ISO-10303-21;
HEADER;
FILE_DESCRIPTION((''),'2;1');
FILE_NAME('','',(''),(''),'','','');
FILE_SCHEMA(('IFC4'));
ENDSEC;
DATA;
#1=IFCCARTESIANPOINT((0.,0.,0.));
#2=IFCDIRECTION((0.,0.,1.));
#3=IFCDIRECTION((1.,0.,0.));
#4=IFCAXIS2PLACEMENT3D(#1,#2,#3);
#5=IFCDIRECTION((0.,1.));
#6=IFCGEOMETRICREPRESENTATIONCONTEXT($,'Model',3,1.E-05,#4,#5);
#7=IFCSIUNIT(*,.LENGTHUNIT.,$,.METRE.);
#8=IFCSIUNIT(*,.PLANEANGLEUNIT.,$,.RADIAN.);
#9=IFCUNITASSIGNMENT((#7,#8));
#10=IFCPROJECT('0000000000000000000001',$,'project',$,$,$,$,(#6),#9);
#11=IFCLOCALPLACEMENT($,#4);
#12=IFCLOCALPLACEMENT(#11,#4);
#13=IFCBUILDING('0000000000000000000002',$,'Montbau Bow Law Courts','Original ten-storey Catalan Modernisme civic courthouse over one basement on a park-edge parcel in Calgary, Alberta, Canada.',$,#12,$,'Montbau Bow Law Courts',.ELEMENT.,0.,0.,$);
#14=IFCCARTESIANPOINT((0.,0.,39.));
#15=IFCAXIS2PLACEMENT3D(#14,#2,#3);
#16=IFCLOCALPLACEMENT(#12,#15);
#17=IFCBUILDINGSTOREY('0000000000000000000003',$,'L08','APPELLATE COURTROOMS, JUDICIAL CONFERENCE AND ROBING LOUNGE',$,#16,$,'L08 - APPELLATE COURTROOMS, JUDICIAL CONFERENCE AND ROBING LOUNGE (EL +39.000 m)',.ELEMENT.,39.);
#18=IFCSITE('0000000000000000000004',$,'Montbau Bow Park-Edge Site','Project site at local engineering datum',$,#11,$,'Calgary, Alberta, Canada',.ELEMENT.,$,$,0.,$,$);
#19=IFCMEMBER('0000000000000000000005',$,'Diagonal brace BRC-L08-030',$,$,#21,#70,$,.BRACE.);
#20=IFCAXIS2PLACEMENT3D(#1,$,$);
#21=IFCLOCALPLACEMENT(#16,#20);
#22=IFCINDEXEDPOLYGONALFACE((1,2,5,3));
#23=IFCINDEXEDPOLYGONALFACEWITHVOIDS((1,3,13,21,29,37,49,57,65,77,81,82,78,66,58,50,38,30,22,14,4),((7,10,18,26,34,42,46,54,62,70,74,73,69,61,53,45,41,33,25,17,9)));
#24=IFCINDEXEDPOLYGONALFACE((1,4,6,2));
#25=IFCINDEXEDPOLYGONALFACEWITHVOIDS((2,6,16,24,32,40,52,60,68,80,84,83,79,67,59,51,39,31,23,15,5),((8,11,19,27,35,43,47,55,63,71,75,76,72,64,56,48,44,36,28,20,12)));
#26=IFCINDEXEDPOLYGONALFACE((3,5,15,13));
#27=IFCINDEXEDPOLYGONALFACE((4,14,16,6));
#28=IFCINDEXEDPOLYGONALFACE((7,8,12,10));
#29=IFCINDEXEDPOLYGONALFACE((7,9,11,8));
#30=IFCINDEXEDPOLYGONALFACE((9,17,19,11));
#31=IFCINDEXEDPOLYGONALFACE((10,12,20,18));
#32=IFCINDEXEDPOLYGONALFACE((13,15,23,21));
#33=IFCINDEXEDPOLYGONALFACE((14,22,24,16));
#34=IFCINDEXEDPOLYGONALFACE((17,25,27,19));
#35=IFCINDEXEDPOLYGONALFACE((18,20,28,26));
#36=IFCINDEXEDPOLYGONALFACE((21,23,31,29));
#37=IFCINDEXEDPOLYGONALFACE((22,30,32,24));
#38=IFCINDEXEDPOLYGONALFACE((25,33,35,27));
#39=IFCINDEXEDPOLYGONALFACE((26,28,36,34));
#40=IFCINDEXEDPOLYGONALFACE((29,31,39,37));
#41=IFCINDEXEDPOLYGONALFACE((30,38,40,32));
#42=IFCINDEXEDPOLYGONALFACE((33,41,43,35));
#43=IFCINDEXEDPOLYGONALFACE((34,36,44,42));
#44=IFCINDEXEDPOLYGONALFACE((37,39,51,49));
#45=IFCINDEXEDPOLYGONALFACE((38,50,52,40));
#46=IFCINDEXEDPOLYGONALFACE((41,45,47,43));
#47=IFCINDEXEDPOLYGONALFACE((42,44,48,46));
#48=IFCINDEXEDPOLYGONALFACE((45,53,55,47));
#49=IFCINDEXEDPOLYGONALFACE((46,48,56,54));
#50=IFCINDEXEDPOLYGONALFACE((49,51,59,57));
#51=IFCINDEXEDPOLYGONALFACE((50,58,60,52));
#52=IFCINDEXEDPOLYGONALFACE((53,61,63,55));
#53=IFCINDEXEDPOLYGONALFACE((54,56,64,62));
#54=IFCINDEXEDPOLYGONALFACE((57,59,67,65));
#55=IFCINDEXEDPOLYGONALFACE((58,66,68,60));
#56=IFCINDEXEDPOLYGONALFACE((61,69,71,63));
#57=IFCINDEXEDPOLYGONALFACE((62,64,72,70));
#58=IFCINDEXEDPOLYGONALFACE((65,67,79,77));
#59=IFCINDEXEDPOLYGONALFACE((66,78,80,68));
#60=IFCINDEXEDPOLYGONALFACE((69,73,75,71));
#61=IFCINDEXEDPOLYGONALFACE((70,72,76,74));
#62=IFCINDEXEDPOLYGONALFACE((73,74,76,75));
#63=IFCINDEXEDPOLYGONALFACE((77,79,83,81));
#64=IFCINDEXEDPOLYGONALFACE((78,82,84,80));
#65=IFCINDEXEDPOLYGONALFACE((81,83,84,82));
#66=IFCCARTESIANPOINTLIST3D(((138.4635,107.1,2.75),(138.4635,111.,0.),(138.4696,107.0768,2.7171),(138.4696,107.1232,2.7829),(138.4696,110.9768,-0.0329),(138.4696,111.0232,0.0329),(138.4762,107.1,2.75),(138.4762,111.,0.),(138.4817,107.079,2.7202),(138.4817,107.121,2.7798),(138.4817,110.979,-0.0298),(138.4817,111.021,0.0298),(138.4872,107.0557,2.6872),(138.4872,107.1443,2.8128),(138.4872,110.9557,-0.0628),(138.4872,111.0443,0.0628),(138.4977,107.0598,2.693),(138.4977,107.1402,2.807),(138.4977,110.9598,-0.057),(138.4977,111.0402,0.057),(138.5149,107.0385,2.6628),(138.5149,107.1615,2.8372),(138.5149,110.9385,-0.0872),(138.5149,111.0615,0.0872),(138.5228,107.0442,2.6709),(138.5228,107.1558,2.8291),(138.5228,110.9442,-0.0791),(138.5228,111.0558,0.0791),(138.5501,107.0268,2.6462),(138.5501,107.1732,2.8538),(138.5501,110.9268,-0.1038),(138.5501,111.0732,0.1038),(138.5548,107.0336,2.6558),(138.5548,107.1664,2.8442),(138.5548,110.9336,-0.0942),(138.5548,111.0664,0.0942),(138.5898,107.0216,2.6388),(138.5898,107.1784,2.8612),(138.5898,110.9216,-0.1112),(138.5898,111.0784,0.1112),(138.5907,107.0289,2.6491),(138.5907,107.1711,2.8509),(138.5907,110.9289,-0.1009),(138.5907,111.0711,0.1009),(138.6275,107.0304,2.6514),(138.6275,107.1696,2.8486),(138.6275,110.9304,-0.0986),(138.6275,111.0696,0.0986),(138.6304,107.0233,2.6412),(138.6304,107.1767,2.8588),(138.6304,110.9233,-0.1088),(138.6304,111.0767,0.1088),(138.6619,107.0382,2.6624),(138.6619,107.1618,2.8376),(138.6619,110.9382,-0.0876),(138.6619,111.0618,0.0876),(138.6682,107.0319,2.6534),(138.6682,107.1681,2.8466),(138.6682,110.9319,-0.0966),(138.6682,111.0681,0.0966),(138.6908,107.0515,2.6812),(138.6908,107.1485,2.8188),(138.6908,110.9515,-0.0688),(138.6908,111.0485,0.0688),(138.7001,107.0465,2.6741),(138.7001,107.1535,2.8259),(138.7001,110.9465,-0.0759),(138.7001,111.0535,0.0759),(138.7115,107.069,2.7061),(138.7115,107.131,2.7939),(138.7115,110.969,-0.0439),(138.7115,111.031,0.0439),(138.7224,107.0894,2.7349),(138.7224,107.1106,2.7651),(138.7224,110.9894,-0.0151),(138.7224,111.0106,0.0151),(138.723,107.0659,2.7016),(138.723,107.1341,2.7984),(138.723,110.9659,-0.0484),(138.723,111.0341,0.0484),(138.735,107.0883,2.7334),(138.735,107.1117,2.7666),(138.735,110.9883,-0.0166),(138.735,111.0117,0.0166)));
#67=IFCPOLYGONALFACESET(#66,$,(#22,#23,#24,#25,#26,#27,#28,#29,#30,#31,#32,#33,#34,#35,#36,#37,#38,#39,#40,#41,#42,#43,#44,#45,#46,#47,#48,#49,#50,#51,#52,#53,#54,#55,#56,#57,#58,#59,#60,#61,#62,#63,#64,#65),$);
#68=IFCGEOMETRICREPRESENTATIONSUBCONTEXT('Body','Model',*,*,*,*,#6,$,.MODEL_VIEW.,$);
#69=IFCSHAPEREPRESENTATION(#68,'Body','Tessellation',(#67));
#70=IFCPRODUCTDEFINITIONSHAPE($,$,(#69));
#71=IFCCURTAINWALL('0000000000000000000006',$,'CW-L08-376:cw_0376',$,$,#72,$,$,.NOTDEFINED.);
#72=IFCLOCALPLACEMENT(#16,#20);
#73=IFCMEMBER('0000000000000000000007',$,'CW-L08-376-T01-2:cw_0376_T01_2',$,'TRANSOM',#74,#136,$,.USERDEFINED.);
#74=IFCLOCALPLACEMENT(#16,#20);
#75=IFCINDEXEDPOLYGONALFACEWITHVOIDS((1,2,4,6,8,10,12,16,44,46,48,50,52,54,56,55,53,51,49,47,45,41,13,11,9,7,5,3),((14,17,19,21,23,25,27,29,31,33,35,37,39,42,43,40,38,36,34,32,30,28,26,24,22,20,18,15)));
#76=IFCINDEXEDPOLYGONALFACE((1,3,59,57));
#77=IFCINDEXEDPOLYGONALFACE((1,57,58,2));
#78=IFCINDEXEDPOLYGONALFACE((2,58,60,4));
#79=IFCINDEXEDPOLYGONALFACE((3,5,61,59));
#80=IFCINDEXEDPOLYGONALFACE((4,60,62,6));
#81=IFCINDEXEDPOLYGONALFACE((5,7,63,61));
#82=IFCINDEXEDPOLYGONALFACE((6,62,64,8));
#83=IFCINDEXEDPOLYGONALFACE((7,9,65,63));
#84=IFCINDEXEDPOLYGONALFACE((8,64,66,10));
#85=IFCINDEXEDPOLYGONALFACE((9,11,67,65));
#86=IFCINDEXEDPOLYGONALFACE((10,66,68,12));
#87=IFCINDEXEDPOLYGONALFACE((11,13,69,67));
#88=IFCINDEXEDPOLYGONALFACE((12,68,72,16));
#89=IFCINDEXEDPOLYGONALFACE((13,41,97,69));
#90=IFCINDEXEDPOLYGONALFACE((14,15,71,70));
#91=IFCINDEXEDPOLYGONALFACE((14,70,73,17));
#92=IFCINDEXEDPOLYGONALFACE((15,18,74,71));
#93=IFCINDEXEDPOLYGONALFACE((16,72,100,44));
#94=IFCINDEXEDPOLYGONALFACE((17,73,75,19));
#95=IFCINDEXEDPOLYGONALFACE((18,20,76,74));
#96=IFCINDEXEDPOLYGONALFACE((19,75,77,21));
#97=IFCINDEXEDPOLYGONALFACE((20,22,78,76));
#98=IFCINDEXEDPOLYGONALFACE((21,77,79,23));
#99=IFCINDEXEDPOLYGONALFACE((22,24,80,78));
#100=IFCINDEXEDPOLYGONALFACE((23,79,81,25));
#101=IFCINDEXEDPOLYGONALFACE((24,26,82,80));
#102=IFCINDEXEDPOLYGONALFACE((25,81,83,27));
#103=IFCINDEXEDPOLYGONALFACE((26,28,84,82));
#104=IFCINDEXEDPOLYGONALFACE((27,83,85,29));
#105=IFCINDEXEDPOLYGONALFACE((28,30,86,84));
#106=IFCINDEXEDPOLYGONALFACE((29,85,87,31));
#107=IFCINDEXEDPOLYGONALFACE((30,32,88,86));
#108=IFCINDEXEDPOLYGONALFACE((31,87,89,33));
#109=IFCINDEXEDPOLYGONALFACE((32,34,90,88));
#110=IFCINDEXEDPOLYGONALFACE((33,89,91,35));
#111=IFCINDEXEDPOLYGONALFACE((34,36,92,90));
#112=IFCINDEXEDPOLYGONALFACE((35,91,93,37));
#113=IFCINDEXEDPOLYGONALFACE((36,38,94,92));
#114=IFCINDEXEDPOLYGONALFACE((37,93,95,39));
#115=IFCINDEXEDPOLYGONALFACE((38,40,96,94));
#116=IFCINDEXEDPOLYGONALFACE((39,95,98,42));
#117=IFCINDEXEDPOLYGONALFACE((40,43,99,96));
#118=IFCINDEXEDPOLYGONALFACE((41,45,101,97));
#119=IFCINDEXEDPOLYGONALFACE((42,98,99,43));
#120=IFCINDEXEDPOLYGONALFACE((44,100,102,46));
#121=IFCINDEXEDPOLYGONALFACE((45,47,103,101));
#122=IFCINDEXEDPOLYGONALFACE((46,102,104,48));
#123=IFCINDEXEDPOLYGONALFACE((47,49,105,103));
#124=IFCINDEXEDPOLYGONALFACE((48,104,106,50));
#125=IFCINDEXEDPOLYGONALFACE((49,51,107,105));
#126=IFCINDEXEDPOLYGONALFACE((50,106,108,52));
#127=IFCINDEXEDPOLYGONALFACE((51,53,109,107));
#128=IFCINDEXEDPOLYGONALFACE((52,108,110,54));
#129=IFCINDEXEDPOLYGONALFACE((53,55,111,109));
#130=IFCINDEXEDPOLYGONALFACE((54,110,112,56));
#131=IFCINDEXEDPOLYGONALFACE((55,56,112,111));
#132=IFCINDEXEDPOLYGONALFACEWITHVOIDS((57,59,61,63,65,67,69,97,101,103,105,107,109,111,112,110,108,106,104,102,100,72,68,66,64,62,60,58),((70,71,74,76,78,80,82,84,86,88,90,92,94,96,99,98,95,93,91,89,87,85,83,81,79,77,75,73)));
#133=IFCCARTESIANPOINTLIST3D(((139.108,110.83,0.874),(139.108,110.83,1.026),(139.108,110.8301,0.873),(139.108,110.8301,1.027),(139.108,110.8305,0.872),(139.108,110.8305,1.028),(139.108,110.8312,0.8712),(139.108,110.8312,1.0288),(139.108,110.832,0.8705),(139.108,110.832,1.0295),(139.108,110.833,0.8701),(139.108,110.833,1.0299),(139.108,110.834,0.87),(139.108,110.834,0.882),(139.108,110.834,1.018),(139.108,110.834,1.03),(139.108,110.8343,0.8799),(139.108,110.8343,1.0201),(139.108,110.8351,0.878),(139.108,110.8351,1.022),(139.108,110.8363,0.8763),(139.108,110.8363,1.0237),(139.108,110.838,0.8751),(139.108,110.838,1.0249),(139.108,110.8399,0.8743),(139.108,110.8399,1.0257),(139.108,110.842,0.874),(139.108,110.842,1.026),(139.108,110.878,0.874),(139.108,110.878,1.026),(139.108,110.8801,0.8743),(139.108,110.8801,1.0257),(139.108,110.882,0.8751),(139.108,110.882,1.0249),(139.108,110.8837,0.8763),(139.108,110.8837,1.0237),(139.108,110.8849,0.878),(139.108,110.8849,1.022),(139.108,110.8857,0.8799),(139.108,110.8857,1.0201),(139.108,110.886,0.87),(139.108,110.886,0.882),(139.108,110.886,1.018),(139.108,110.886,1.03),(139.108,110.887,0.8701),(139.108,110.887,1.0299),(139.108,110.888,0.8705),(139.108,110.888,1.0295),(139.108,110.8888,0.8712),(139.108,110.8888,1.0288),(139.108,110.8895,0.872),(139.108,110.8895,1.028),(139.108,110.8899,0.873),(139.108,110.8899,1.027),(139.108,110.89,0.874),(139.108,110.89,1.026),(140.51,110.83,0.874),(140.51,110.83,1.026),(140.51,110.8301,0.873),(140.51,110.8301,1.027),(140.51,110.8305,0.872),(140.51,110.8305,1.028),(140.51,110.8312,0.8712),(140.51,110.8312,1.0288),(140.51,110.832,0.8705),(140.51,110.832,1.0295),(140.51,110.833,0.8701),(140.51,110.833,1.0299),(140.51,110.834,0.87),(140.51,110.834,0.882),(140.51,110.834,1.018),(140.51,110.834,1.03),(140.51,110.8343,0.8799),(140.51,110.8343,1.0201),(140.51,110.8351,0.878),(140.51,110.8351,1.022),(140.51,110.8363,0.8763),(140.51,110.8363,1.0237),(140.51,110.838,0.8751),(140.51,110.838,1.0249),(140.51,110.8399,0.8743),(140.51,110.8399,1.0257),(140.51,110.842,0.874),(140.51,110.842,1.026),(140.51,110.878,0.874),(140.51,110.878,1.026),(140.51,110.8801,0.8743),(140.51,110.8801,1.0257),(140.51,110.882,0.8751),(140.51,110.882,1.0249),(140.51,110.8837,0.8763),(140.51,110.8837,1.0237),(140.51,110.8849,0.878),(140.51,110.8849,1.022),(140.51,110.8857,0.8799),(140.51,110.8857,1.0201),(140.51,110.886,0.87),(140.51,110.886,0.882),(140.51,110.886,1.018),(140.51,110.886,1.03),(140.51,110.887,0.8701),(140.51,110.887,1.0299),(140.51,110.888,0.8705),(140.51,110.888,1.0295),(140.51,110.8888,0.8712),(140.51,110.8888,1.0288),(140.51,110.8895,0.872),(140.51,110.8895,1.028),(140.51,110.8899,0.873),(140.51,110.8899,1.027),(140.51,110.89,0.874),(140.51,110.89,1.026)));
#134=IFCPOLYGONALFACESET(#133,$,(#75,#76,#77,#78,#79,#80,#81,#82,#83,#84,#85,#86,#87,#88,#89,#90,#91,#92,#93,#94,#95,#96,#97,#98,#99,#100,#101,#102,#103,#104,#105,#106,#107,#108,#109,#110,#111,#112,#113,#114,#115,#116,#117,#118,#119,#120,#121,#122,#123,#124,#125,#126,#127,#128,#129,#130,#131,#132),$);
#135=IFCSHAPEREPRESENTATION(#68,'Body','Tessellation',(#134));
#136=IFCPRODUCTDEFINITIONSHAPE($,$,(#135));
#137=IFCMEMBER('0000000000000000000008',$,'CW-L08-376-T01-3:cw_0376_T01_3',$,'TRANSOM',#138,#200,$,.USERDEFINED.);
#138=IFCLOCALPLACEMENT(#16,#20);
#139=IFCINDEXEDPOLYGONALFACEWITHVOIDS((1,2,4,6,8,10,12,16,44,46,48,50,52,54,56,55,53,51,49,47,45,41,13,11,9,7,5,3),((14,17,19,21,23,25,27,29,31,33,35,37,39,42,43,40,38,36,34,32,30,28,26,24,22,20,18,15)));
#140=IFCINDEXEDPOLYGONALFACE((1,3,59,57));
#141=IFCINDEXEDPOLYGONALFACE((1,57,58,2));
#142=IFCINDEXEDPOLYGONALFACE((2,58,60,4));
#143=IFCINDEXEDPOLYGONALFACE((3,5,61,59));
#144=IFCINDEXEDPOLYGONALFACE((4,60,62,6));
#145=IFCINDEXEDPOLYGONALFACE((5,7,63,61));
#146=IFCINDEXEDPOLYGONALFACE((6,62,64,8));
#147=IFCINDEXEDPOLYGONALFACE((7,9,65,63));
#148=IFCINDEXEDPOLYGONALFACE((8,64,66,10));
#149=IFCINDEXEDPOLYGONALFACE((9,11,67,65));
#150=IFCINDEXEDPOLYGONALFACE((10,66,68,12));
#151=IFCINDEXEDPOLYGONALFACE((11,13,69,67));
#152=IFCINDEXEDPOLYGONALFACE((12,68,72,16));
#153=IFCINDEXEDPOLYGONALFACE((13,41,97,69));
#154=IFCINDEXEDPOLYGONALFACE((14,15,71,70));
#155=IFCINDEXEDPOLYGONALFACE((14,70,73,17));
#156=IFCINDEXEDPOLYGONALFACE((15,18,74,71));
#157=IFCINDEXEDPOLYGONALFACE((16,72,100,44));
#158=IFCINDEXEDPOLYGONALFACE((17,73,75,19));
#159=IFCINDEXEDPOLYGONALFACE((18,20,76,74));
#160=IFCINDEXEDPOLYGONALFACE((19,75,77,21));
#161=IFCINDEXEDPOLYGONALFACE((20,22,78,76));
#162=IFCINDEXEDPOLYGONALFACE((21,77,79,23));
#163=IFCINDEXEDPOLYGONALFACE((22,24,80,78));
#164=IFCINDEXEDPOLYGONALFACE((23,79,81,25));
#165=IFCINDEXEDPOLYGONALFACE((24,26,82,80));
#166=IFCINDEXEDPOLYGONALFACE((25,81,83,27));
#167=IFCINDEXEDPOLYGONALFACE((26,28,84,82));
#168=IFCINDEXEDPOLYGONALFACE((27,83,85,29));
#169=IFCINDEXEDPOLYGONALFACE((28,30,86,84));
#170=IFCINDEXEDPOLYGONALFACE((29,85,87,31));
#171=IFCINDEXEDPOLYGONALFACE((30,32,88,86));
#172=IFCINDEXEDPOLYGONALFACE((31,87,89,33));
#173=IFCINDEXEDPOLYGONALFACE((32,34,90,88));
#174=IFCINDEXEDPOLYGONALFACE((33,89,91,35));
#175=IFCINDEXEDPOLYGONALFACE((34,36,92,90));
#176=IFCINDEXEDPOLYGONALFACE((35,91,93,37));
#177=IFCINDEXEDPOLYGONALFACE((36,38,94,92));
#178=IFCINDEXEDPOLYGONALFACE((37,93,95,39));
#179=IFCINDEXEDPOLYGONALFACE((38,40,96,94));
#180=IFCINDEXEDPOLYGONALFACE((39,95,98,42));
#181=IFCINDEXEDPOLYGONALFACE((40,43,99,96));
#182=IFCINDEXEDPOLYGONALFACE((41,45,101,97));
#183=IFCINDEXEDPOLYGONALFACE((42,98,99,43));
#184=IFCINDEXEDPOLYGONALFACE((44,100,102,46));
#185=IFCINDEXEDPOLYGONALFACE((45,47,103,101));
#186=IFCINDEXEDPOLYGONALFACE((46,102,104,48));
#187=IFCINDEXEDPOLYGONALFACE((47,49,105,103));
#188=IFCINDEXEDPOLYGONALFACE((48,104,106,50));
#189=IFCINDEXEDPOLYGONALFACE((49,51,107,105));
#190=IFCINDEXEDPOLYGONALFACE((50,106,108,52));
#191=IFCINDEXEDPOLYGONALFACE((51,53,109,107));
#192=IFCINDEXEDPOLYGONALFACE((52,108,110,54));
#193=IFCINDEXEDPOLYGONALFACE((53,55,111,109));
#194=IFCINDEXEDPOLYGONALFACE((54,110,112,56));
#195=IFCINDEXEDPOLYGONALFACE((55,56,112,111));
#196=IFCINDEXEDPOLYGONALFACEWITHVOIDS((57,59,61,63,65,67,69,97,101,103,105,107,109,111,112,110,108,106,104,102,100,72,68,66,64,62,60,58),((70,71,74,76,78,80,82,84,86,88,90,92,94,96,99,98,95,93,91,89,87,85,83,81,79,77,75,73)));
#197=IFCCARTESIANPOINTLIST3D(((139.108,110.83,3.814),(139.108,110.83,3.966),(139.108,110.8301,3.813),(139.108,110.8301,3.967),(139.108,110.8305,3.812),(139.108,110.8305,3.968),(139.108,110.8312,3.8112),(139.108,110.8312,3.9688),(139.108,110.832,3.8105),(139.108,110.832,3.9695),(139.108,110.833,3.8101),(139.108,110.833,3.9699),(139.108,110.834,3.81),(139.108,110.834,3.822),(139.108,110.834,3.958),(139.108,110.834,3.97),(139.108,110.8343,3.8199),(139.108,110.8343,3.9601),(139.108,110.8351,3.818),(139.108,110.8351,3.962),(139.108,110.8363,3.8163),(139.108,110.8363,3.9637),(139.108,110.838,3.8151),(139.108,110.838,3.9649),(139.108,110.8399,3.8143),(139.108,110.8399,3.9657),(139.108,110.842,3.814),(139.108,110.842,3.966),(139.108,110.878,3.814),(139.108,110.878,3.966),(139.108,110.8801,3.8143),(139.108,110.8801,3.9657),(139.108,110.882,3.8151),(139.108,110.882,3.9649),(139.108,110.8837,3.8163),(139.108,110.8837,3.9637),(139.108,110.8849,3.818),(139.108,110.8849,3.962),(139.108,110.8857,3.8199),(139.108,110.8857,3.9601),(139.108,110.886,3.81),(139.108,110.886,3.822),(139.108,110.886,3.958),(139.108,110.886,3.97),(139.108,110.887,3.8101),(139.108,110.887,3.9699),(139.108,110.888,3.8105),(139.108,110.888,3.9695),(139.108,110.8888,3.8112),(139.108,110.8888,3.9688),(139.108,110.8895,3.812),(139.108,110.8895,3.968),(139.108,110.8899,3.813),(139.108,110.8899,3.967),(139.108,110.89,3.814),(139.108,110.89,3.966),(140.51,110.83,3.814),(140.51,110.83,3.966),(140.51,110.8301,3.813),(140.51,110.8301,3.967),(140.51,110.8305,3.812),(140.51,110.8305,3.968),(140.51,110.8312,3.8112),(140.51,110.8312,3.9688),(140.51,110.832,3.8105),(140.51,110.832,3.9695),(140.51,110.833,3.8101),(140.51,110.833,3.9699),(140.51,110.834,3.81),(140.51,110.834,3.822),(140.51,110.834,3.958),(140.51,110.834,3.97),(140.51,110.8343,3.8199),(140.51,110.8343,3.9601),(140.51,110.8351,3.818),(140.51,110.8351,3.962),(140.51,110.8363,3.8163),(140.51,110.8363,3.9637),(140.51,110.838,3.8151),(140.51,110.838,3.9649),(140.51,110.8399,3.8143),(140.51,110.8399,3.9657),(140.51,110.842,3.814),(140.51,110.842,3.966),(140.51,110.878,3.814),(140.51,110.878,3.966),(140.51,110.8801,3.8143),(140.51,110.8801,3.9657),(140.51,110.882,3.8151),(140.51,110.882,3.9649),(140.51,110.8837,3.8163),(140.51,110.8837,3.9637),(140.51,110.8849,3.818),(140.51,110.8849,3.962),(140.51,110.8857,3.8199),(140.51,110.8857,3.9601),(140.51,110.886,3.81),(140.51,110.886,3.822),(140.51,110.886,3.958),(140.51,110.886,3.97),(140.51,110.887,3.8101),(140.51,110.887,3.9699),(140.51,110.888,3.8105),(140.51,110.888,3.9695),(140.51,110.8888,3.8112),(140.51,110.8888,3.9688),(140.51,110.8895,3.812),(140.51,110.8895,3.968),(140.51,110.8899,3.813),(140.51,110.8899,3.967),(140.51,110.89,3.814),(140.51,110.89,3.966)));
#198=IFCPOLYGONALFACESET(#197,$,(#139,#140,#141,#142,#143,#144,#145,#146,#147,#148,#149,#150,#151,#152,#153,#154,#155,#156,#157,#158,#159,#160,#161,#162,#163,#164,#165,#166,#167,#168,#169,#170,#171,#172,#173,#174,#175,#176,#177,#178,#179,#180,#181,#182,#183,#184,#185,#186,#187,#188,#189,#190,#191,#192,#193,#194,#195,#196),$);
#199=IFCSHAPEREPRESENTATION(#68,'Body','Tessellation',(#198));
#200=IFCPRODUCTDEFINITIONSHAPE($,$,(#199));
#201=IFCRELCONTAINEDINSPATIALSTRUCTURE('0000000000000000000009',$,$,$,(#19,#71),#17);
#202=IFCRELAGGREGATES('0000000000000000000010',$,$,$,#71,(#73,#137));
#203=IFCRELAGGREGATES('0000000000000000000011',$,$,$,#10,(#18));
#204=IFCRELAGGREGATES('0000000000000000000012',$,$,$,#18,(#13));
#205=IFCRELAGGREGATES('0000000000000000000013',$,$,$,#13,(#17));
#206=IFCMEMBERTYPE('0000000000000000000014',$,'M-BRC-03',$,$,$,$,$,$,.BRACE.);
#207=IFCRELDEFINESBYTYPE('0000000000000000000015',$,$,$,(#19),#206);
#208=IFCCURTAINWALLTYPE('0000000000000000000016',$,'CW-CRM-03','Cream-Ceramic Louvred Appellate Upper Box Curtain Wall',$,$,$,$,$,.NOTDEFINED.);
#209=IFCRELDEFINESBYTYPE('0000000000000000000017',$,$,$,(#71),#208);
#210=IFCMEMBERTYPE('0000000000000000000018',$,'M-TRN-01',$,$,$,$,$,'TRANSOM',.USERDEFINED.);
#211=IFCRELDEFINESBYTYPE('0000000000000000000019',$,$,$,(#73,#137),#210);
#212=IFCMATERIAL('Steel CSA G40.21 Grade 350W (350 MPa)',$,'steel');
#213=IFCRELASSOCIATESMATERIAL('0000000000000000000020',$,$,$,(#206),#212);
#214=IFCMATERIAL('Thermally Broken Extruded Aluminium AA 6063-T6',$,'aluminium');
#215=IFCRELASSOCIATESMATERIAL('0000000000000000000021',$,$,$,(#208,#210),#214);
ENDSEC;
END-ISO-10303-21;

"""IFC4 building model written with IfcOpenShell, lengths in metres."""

from ifc_helpers import new_model, si_unit, direction, frame, origin_with_axes, origin_2d_with_axis, place, context, subcontext, project, spatial, hollow_rectangle, hollow_circle, extrude, material, material_profile, profile_set, type_object, element, aggregate, save


model = new_model("IFC4")

# Units and contexts
model_context = context("Model", 3, precision=1e-05, world=origin_with_axes(), true_north=direction((0.0, 1.0)))
body_context = subcontext(model_context, "Body", "Model", "MODEL_VIEW")
ifc_project = project(units=[si_unit("LENGTHUNIT", "METRE"), si_unit("PLANEANGLEUNIT", "RADIAN")], contexts=[model_context])

# Site, building, storey
site_placement = place(None, origin_with_axes())
site = spatial("IfcSite", under=ifc_project, at=site_placement, Name="Montbau Bow Park-Edge Site", Description="Project site at local engineering datum", LongName="Calgary, Alberta, Canada", CompositionType="ELEMENT", RefElevation=0.0)
building_placement = place(site_placement, origin_with_axes())
building = spatial("IfcBuilding", under=site, at=building_placement, Name="Montbau Bow Law Courts", Description="Original ten-storey Catalan Modernisme civic courthouse over one basement on a park-edge parcel in Calgary, Alberta, Canada.", LongName="Montbau Bow Law Courts", CompositionType="ELEMENT", ElevationOfRefHeight=0.0, ElevationOfTerrain=0.0)
storey_placement = place(building_placement, frame((0.0, 0.0, 39.0), z_axis=(0.0, 0.0, 1.0), x_axis=(1.0, 0.0, 0.0)))
storey = spatial("IfcBuildingStorey", under=building, at=storey_placement, Name="L08", Description="APPELLATE COURTROOMS, JUDICIAL CONFERENCE AND ROBING LOUNGE", LongName="L08 - APPELLATE COURTROOMS, JUDICIAL CONFERENCE AND ROBING LOUNGE (EL +39.000 m)", CompositionType="ELEMENT", Elevation=39.0)

# Member
ifc_material_1 = material(Name="Steel CSA G40.21 Grade 350W (350 MPa)", Category="steel")
ifc_material_profile_1 = material_profile(ifc_material_1, hollow_circle(Radius=0.1365, WallThickness=0.0127, at=origin_2d_with_axis()), Name="HSS273X13", Category="Main", Priority=0)
ifc_profile_set_1 = profile_set([ifc_material_profile_1], Name="Steel CSA G40.21 Grade 350W (350 MPa)")
member_type_1 = type_object("IfcMemberType", Name="M-BRC-03", PredefinedType="BRACE", material=ifc_profile_set_1)
member_1_placement = place(None, frame((138.6, 107.1, 41.75), z_axis=(0.0, 0.817258, -0.576272), x_axis=(-1.0, 0.0, 0.0)))
element("IfcMember", 1, at=member_1_placement, inside=storey, type_object=member_type_1, Name="Diagonal brace BRC-L08-030", PredefinedType="BRACE", context=body_context, shape_type="SweptSolid", body=[
    extrude(hollow_circle(Radius=0.1365, WallThickness=0.0127, at=origin_2d_with_axis()), origin_with_axes(), (0.0, 0.0, 1.0), 4.7721),
])

# Curtain wall, members
ifc_material_2 = material(Name="Thermally Broken Extruded Aluminium AA 6063-T6", Category="aluminium")
curtain_wall_type = type_object("IfcCurtainWallType", Name="CW-CRM-03", Description="Cream-Ceramic Louvred Appellate Upper Box Curtain Wall", PredefinedType="NOTDEFINED", material=ifc_material_2)
curtain_wall_1_placement = place(None, frame((139.04, 110.86, 39.0), z_axis=(0.0, 0.0, 1.0), x_axis=(1.0, 0.0, 0.0)))
curtain_wall_1 = element("IfcCurtainWall", 2, at=curtain_wall_1_placement, inside=storey, type_object=curtain_wall_type, Name="CW-L08-376:cw_0376", PredefinedType="NOTDEFINED")
ifc_material_profile_2 = material_profile(ifc_material_2, hollow_rectangle(XDim=0.06, YDim=0.16, WallThickness=0.004, InnerFilletRadius=0.008, OuterFilletRadius=0.004, at=origin_2d_with_axis()), Name="CWT-160X60", Category="Main", Priority=0)
ifc_profile_set_2 = profile_set([ifc_material_profile_2], Name="Thermally Broken Extruded Aluminium AA 6063-T6")
member_type_2 = type_object("IfcMemberType", Name="M-TRN-01", ElementType="TRANSOM", PredefinedType="USERDEFINED", material=ifc_profile_set_2)
member_2_placement = place(None, frame((139.108, 110.86, 39.95), z_axis=(1.0, 0.0, 0.0), x_axis=(0.0, 1.0, 0.0)))
member_2 = element("IfcMember", 3, at=member_2_placement, type_object=member_type_2, Name="CW-L08-376-T01-2:cw_0376_T01_2", ObjectType="TRANSOM", PredefinedType="USERDEFINED", context=body_context, shape_type="SweptSolid", body=[
    extrude(hollow_rectangle(XDim=0.06, YDim=0.16, WallThickness=0.004, InnerFilletRadius=0.008, OuterFilletRadius=0.004, at=origin_2d_with_axis()), origin_with_axes(), (0.0, 0.0, 1.0), 1.402),
])
member_3_placement = place(None, frame((139.108, 110.86, 42.89), z_axis=(1.0, 0.0, 0.0), x_axis=(0.0, 1.0, 0.0)))
member_3 = element("IfcMember", 4, at=member_3_placement, type_object=member_type_2, Name="CW-L08-376-T01-3:cw_0376_T01_3", ObjectType="TRANSOM", PredefinedType="USERDEFINED", context=body_context, shape_type="SweptSolid", body=[
    extrude(hollow_rectangle(XDim=0.06, YDim=0.16, WallThickness=0.004, InnerFilletRadius=0.008, OuterFilletRadius=0.004, at=origin_2d_with_axis()), origin_with_axes(), (0.0, 0.0, 1.0), 1.402),
])

aggregate(curtain_wall_1, [member_2, member_3])

save(model, "model.ifc")
